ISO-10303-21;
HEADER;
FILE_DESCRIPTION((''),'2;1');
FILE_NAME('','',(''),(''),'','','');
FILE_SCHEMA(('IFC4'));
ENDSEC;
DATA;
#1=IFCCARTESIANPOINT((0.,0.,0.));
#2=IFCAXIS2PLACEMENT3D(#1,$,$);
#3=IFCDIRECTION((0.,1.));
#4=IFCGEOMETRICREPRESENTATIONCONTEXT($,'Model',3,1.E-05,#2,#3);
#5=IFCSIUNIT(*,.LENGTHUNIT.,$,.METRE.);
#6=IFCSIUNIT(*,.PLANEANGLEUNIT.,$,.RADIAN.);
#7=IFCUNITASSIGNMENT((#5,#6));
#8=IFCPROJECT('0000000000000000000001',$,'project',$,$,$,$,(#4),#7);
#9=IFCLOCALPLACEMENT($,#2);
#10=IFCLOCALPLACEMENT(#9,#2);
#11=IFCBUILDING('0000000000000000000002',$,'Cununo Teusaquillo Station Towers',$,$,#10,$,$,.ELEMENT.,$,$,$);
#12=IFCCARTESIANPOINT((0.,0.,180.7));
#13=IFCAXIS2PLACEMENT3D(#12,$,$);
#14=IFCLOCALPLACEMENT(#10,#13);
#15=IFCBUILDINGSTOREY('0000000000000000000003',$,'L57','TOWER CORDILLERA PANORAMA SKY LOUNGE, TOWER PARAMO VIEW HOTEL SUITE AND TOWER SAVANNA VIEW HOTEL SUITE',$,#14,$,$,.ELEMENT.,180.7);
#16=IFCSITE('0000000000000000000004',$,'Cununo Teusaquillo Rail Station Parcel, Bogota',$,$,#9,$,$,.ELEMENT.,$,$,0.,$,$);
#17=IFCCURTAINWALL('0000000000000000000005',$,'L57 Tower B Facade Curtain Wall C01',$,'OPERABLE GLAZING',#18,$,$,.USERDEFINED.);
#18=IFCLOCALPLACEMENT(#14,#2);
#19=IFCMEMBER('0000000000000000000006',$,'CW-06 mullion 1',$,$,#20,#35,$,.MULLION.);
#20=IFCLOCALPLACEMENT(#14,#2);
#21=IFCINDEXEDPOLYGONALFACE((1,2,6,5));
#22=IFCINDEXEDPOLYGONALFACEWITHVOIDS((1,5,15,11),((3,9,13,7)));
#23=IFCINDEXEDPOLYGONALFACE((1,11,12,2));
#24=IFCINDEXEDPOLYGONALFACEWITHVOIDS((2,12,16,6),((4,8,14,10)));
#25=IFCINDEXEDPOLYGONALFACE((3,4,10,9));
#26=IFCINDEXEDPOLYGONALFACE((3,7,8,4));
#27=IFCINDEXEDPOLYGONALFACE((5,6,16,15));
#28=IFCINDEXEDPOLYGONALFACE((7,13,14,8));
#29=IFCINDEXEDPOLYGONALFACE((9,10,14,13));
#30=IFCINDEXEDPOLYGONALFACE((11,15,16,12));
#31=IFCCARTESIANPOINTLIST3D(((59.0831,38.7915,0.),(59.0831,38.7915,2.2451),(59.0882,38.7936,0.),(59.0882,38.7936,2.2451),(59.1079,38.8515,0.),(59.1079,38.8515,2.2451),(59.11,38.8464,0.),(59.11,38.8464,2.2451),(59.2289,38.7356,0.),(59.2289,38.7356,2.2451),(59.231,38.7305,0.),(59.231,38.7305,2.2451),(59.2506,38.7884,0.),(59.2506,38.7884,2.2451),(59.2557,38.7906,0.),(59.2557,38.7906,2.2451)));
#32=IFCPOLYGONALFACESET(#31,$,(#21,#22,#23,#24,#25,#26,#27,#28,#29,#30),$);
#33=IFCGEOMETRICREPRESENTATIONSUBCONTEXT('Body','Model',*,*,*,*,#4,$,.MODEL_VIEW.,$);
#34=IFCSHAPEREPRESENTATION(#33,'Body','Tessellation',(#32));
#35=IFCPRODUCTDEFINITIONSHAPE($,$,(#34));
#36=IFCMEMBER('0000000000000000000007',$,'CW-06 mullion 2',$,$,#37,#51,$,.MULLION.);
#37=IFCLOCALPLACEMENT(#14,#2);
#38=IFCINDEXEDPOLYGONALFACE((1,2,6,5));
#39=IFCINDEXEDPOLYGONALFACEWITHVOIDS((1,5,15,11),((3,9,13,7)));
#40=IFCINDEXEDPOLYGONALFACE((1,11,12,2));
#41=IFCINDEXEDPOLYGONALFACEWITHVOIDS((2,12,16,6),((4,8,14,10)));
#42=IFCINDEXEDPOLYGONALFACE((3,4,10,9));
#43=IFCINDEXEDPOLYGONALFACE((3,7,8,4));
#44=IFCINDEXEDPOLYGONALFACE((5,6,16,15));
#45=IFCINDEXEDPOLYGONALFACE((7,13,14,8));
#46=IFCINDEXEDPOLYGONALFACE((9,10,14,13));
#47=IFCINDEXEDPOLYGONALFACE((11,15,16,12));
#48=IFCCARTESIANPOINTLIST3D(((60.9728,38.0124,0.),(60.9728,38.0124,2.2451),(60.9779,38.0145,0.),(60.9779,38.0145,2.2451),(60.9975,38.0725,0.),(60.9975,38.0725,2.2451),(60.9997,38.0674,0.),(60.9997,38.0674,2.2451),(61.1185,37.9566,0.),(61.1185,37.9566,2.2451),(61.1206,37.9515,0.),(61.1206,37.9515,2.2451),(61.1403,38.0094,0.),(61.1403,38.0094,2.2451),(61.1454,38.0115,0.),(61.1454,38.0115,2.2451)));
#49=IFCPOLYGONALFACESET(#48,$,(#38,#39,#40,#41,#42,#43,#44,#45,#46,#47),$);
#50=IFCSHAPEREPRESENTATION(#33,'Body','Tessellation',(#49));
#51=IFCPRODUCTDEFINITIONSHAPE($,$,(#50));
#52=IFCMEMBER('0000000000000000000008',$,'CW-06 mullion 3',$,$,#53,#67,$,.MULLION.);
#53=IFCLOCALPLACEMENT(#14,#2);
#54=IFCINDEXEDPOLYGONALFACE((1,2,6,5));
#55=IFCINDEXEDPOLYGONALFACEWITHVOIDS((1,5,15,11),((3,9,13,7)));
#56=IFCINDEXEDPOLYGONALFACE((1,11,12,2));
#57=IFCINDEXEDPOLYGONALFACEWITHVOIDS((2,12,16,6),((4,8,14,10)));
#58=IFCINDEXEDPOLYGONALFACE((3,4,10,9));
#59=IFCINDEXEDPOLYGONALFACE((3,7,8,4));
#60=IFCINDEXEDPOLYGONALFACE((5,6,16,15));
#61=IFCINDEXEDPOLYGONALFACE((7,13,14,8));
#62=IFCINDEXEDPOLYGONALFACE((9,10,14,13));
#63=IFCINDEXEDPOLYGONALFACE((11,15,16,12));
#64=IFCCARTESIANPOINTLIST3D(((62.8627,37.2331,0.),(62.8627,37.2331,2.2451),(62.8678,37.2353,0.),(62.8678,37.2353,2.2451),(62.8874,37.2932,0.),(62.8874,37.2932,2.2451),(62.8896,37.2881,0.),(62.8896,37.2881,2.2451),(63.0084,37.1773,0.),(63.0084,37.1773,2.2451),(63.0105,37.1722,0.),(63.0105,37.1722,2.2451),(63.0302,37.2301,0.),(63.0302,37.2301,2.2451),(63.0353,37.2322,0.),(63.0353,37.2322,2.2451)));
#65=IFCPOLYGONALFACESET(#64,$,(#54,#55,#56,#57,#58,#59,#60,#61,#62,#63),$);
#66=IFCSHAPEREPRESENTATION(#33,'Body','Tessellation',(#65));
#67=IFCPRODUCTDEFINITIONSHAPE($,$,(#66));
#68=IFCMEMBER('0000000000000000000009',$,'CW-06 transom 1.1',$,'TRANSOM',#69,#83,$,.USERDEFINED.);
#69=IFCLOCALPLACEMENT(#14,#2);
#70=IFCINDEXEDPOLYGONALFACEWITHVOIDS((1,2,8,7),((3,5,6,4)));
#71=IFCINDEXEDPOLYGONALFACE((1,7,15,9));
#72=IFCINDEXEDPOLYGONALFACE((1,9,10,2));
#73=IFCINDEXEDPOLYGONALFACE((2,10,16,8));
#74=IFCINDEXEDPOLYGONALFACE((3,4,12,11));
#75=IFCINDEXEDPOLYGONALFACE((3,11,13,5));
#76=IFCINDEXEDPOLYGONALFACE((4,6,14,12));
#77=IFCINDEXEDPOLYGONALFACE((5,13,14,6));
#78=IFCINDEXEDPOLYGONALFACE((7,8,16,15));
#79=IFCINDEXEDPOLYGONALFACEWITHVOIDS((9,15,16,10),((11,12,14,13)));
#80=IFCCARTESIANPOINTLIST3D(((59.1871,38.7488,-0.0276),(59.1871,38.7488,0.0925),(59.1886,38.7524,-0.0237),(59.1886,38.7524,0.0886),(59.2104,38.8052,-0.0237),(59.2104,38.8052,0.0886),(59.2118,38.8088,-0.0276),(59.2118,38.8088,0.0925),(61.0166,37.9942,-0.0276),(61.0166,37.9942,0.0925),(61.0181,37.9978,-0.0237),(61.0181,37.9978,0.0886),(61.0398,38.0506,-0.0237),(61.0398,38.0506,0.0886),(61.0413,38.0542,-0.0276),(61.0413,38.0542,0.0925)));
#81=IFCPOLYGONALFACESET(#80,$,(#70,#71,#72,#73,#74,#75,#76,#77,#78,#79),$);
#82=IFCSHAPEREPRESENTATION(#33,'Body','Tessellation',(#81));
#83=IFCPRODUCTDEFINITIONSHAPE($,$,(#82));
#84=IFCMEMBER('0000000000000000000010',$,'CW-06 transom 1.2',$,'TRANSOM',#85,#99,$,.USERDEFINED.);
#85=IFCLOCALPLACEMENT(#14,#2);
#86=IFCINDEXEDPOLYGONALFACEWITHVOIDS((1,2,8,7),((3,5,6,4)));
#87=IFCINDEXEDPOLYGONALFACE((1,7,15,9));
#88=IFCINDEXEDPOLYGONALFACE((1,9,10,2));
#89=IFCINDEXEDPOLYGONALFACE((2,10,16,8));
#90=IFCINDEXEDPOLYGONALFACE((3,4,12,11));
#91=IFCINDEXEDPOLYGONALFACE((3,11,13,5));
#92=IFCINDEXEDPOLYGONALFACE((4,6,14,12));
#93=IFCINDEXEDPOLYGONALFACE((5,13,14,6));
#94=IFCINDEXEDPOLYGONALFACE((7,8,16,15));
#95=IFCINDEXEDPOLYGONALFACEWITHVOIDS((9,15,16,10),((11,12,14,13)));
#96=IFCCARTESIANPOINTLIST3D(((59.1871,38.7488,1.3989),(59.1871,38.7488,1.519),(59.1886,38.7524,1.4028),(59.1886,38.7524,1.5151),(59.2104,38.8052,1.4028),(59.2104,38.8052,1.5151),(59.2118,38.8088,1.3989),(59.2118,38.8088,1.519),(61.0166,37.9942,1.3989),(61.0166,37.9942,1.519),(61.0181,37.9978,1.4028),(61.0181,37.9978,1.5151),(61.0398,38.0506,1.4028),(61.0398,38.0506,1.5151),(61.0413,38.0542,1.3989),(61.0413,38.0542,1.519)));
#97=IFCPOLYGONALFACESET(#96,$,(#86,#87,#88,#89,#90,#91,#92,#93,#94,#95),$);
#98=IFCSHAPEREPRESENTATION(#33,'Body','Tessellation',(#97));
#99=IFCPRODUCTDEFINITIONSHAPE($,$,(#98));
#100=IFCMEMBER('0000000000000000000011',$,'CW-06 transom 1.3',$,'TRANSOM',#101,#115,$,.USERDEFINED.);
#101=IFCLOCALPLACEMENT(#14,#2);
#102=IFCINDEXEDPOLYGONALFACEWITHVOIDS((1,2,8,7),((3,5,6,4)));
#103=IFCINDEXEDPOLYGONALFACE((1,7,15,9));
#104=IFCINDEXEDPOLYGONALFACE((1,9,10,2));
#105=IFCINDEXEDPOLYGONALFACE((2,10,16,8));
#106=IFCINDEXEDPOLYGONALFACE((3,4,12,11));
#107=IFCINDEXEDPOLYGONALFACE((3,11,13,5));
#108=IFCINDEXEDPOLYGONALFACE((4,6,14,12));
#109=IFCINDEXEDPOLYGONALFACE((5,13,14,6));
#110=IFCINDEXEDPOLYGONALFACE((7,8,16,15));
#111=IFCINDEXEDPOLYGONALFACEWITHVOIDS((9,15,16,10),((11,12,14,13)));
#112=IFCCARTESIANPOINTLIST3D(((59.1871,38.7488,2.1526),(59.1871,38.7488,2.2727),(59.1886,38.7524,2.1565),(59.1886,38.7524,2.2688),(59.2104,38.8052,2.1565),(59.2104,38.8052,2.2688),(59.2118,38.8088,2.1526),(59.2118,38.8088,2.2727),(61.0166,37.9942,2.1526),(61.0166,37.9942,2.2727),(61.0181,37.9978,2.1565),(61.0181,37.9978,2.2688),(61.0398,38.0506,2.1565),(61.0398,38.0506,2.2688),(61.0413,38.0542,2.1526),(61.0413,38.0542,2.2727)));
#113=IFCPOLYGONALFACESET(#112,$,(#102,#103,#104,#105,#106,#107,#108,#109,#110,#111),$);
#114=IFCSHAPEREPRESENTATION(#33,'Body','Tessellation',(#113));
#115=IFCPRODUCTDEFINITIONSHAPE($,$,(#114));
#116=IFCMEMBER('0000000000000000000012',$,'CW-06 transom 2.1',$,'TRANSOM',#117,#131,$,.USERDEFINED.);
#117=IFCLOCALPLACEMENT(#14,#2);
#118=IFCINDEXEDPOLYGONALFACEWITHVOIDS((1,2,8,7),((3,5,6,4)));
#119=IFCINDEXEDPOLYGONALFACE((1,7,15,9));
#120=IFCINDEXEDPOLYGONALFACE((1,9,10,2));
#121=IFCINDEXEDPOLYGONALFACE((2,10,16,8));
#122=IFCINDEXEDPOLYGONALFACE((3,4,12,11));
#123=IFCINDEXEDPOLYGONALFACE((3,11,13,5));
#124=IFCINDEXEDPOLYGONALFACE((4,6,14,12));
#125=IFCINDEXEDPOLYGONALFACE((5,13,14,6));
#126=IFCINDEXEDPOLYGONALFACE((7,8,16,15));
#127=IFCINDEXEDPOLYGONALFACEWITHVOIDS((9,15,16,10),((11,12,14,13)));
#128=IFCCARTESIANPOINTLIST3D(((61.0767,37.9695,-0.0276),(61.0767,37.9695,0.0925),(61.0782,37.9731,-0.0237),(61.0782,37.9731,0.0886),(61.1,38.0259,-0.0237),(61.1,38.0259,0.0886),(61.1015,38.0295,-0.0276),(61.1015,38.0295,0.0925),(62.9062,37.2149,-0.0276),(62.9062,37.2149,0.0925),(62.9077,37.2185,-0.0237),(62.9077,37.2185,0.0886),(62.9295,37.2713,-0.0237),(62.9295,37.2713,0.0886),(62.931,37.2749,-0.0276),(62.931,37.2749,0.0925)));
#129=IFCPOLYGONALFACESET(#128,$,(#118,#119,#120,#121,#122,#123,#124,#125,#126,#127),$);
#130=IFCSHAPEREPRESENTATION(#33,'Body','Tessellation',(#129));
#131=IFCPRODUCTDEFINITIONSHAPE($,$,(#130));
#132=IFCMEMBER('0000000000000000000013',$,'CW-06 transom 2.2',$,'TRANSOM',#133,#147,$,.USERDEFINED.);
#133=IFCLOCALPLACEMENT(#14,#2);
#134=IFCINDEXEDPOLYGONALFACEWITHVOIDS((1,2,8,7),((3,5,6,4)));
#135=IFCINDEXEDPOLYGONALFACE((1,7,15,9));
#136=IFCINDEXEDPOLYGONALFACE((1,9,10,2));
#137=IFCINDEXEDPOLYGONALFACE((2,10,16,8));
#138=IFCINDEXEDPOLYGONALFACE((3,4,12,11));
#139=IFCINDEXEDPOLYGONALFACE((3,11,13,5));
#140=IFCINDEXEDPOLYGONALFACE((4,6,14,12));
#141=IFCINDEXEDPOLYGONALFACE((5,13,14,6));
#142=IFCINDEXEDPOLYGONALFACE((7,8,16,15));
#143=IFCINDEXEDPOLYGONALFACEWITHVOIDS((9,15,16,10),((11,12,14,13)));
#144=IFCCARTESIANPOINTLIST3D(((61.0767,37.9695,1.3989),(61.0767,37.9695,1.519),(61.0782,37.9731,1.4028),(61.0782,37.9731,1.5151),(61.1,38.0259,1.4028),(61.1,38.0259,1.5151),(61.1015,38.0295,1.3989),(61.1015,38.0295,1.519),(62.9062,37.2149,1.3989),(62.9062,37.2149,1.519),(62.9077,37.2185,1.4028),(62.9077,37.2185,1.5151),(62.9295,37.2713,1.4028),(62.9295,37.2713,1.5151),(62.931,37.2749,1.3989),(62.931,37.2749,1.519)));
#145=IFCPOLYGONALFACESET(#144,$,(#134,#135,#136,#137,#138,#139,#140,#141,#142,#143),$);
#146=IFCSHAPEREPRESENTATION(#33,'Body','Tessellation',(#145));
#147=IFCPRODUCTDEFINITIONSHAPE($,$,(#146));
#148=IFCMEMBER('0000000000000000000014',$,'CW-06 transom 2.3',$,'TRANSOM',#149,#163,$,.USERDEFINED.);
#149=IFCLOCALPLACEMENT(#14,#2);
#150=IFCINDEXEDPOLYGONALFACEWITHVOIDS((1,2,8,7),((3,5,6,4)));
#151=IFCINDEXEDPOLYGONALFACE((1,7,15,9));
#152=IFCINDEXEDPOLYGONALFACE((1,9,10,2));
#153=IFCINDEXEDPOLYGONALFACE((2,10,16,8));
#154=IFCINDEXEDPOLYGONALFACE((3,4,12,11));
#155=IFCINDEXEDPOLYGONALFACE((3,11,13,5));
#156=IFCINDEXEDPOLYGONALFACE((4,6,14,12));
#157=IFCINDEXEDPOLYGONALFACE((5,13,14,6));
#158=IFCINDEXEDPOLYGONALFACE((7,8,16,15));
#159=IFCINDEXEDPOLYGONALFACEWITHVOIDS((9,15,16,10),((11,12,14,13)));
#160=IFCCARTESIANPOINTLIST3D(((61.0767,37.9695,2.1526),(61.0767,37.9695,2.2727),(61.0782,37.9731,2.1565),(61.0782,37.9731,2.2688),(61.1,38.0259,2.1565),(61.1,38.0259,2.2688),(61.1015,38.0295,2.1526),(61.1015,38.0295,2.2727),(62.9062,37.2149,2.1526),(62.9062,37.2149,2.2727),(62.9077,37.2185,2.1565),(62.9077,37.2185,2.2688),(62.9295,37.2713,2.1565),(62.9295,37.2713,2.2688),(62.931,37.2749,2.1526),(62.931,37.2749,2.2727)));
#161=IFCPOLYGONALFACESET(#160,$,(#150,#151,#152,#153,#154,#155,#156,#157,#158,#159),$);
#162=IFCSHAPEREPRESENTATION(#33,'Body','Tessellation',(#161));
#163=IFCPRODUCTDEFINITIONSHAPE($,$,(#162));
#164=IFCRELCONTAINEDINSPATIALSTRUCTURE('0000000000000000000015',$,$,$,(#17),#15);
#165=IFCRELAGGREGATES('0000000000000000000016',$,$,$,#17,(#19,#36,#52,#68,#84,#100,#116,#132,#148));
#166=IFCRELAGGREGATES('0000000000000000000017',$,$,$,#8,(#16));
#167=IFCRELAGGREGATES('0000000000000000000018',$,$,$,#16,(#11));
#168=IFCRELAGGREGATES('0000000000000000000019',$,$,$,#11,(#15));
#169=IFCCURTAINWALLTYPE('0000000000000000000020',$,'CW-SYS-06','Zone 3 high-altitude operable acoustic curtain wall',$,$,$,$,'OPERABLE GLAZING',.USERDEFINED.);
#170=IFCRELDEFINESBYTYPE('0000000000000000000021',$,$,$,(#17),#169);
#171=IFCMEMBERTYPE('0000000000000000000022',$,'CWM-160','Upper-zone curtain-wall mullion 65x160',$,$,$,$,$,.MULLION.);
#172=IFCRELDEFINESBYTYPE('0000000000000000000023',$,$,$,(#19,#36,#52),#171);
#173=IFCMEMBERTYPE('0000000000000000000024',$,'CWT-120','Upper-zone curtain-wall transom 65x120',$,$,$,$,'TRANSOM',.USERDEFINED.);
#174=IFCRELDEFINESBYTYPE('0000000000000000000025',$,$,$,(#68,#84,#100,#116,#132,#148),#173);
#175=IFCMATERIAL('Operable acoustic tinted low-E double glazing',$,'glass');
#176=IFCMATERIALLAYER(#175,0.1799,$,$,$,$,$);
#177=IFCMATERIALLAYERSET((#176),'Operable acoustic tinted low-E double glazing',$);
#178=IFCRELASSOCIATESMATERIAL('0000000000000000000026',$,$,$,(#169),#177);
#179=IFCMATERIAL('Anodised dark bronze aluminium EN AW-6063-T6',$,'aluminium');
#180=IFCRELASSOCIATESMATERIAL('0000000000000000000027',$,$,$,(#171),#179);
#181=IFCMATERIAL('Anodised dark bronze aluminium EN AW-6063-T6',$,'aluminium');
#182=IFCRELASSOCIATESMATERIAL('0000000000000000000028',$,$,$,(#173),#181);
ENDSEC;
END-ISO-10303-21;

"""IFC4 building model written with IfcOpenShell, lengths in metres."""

from ifc_helpers import new_model, si_unit, direction, frame, origin, origin_2d, place, context, subcontext, project, spatial, hollow_rectangle, extrude, material, layer, layer_set, material_profile, profile_set, type_object, element, aggregate, save


model = new_model("IFC4")

# Units and contexts
model_context = context("Model", 3, precision=1e-05, world=origin(), true_north=direction((0.0, 1.0)))
body_context = subcontext(model_context, "Body", "Model", "MODEL_VIEW")
ifc_project = project(units=[si_unit("LENGTHUNIT", "METRE"), si_unit("PLANEANGLEUNIT", "RADIAN")], contexts=[model_context])

# Site, building, storey
site_placement = place(None, origin())
site = spatial("IfcSite", under=ifc_project, at=site_placement, Name="Cununo Teusaquillo Rail Station Parcel, Bogota", CompositionType="ELEMENT", RefElevation=0.0)
building_placement = place(site_placement, origin())
building = spatial("IfcBuilding", under=site, at=building_placement, Name="Cununo Teusaquillo Station Towers", CompositionType="ELEMENT")
storey_placement = place(building_placement, frame((0.0, 0.0, 180.7)))
storey = spatial("IfcBuildingStorey", under=building, at=storey_placement, Name="L57", Description="TOWER CORDILLERA PANORAMA SKY LOUNGE, TOWER PARAMO VIEW HOTEL SUITE AND TOWER SAVANNA VIEW HOTEL SUITE", CompositionType="ELEMENT", Elevation=180.7)

# Curtain wall, members
ifc_material_1 = material(Name="Operable acoustic tinted low-E double glazing", Category="glass")
ifc_layer_1 = layer(ifc_material_1, 0.1799)
ifc_layer_set_1 = layer_set([ifc_layer_1], Name="Operable acoustic tinted low-E double glazing")
curtain_wall_type = type_object("IfcCurtainWallType", Name="CW-SYS-06", Description="Zone 3 high-altitude operable acoustic curtain wall", ElementType="OPERABLE GLAZING", PredefinedType="USERDEFINED", material=ifc_layer_set_1)
curtain_wall_placement = place(storey_placement, origin())
curtain_wall = element("IfcCurtainWall", 1, at=curtain_wall_placement, inside=storey, type_object=curtain_wall_type, Name="L57 Tower B Facade Curtain Wall C01", ObjectType="OPERABLE GLAZING", PredefinedType="USERDEFINED")
ifc_material_2 = material(Name="Anodised dark bronze aluminium EN AW-6063-T6", Category="aluminium")
ifc_material_profile_1 = material_profile(ifc_material_2, hollow_rectangle(XDim=0.0649, YDim=0.1599, WallThickness=0.0039, at=origin_2d()), Name="CW-MULL-65x160")
ifc_profile_set_1 = profile_set([ifc_material_profile_1], Name="Anodised dark bronze aluminium EN AW-6063-T6")
member_type_1 = type_object("IfcMemberType", Name="CWM-160", Description="Upper-zone curtain-wall mullion 65x160", PredefinedType="MULLION", material=ifc_profile_set_1)
member_1_placement = place(storey_placement, frame((59.1694, 38.791, 0.0), z_axis=(0.0, 0.0, 1.0), x_axis=(0.381229, 0.924481, 0.0)))
member_1 = element("IfcMember", 2, at=member_1_placement, type_object=member_type_1, Name="CW-06 mullion 1", PredefinedType="MULLION", context=body_context, shape_type="SweptSolid", body=[
    extrude(hollow_rectangle(XDim=0.0649, YDim=0.1599, WallThickness=0.0039, at=origin_2d()), origin(), (0.0, 0.0, 1.0), 2.2451),
])
member_2_placement = place(storey_placement, frame((61.0591, 38.012, 0.0), z_axis=(0.0, 0.0, 1.0), x_axis=(0.381229, 0.924481, 0.0)))
member_2 = element("IfcMember", 3, at=member_2_placement, type_object=member_type_1, Name="CW-06 mullion 2", PredefinedType="MULLION", context=body_context, shape_type="SweptSolid", body=[
    extrude(hollow_rectangle(XDim=0.0649, YDim=0.1599, WallThickness=0.0039, at=origin_2d()), origin(), (0.0, 0.0, 1.0), 2.2451),
])
member_3_placement = place(storey_placement, frame((62.949, 37.2327, 0.0), z_axis=(0.0, 0.0, 1.0), x_axis=(0.381229, 0.924481, 0.0)))
member_3 = element("IfcMember", 4, at=member_3_placement, type_object=member_type_1, Name="CW-06 mullion 3", PredefinedType="MULLION", context=body_context, shape_type="SweptSolid", body=[
    extrude(hollow_rectangle(XDim=0.0649, YDim=0.1599, WallThickness=0.0039, at=origin_2d()), origin(), (0.0, 0.0, 1.0), 2.2451),
])
ifc_material_3 = material(Name="Anodised dark bronze aluminium EN AW-6063-T6", Category="aluminium")
ifc_material_profile_2 = material_profile(ifc_material_3, hollow_rectangle(XDim=0.0649, YDim=0.1201, WallThickness=0.0039, at=origin_2d()), Name="CW-TRAN-65x120")
ifc_profile_set_2 = profile_set([ifc_material_profile_2], Name="Anodised dark bronze aluminium EN AW-6063-T6")
member_type_2 = type_object("IfcMemberType", Name="CWT-120", Description="Upper-zone curtain-wall transom 65x120", ElementType="TRANSOM", PredefinedType="USERDEFINED", material=ifc_profile_set_2)
member_4_placement = place(storey_placement, frame((59.1995, 38.7788, 0.0325), z_axis=(0.924451, -0.381302, 0.0), x_axis=(0.381302, 0.924451, 0.0)))
member_4 = element("IfcMember", 5, at=member_4_placement, type_object=member_type_2, Name="CW-06 transom 1.1", ObjectType="TRANSOM", PredefinedType="USERDEFINED", context=body_context, shape_type="SweptSolid", body=[
    extrude(hollow_rectangle(XDim=0.0649, YDim=0.1201, WallThickness=0.0039, at=origin_2d()), origin(), (0.0, 0.0, 1.0), 1.979),
])
member_5_placement = place(storey_placement, frame((59.1995, 38.7788, 1.459), z_axis=(0.924451, -0.381302, 0.0), x_axis=(0.381302, 0.924451, 0.0)))
member_5 = element("IfcMember", 6, at=member_5_placement, type_object=member_type_2, Name="CW-06 transom 1.2", ObjectType="TRANSOM", PredefinedType="USERDEFINED", context=body_context, shape_type="SweptSolid", body=[
    extrude(hollow_rectangle(XDim=0.0649, YDim=0.1201, WallThickness=0.0039, at=origin_2d()), origin(), (0.0, 0.0, 1.0), 1.979),
])
member_6_placement = place(storey_placement, frame((59.1995, 38.7788, 2.2126), z_axis=(0.924451, -0.381302, 0.0), x_axis=(0.381302, 0.924451, 0.0)))
member_6 = element("IfcMember", 7, at=member_6_placement, type_object=member_type_2, Name="CW-06 transom 1.3", ObjectType="TRANSOM", PredefinedType="USERDEFINED", context=body_context, shape_type="SweptSolid", body=[
    extrude(hollow_rectangle(XDim=0.0649, YDim=0.1201, WallThickness=0.0039, at=origin_2d()), origin(), (0.0, 0.0, 1.0), 1.979),
])
member_7_placement = place(storey_placement, frame((61.0891, 37.9995, 0.0325), z_axis=(0.924451, -0.381302, 0.0), x_axis=(0.381302, 0.924451, 0.0)))
member_7 = element("IfcMember", 8, at=member_7_placement, type_object=member_type_2, Name="CW-06 transom 2.1", ObjectType="TRANSOM", PredefinedType="USERDEFINED", context=body_context, shape_type="SweptSolid", body=[
    extrude(hollow_rectangle(XDim=0.0649, YDim=0.1201, WallThickness=0.0039, at=origin_2d()), origin(), (0.0, 0.0, 1.0), 1.979),
])
member_8_placement = place(storey_placement, frame((61.0891, 37.9995, 1.459), z_axis=(0.924451, -0.381302, 0.0), x_axis=(0.381302, 0.924451, 0.0)))
member_8 = element("IfcMember", 9, at=member_8_placement, type_object=member_type_2, Name="CW-06 transom 2.2", ObjectType="TRANSOM", PredefinedType="USERDEFINED", context=body_context, shape_type="SweptSolid", body=[
    extrude(hollow_rectangle(XDim=0.0649, YDim=0.1201, WallThickness=0.0039, at=origin_2d()), origin(), (0.0, 0.0, 1.0), 1.979),
])
member_9_placement = place(storey_placement, frame((61.0891, 37.9995, 2.2126), z_axis=(0.924451, -0.381302, 0.0), x_axis=(0.381302, 0.924451, 0.0)))
member_9 = element("IfcMember", 10, at=member_9_placement, type_object=member_type_2, Name="CW-06 transom 2.3", ObjectType="TRANSOM", PredefinedType="USERDEFINED", context=body_context, shape_type="SweptSolid", body=[
    extrude(hollow_rectangle(XDim=0.0649, YDim=0.1201, WallThickness=0.0039, at=origin_2d()), origin(), (0.0, 0.0, 1.0), 1.979),
])

aggregate(curtain_wall, [member_1, member_2, member_3, member_4, member_5, member_6, member_7, member_8, member_9])

save(model, "model.ifc")
